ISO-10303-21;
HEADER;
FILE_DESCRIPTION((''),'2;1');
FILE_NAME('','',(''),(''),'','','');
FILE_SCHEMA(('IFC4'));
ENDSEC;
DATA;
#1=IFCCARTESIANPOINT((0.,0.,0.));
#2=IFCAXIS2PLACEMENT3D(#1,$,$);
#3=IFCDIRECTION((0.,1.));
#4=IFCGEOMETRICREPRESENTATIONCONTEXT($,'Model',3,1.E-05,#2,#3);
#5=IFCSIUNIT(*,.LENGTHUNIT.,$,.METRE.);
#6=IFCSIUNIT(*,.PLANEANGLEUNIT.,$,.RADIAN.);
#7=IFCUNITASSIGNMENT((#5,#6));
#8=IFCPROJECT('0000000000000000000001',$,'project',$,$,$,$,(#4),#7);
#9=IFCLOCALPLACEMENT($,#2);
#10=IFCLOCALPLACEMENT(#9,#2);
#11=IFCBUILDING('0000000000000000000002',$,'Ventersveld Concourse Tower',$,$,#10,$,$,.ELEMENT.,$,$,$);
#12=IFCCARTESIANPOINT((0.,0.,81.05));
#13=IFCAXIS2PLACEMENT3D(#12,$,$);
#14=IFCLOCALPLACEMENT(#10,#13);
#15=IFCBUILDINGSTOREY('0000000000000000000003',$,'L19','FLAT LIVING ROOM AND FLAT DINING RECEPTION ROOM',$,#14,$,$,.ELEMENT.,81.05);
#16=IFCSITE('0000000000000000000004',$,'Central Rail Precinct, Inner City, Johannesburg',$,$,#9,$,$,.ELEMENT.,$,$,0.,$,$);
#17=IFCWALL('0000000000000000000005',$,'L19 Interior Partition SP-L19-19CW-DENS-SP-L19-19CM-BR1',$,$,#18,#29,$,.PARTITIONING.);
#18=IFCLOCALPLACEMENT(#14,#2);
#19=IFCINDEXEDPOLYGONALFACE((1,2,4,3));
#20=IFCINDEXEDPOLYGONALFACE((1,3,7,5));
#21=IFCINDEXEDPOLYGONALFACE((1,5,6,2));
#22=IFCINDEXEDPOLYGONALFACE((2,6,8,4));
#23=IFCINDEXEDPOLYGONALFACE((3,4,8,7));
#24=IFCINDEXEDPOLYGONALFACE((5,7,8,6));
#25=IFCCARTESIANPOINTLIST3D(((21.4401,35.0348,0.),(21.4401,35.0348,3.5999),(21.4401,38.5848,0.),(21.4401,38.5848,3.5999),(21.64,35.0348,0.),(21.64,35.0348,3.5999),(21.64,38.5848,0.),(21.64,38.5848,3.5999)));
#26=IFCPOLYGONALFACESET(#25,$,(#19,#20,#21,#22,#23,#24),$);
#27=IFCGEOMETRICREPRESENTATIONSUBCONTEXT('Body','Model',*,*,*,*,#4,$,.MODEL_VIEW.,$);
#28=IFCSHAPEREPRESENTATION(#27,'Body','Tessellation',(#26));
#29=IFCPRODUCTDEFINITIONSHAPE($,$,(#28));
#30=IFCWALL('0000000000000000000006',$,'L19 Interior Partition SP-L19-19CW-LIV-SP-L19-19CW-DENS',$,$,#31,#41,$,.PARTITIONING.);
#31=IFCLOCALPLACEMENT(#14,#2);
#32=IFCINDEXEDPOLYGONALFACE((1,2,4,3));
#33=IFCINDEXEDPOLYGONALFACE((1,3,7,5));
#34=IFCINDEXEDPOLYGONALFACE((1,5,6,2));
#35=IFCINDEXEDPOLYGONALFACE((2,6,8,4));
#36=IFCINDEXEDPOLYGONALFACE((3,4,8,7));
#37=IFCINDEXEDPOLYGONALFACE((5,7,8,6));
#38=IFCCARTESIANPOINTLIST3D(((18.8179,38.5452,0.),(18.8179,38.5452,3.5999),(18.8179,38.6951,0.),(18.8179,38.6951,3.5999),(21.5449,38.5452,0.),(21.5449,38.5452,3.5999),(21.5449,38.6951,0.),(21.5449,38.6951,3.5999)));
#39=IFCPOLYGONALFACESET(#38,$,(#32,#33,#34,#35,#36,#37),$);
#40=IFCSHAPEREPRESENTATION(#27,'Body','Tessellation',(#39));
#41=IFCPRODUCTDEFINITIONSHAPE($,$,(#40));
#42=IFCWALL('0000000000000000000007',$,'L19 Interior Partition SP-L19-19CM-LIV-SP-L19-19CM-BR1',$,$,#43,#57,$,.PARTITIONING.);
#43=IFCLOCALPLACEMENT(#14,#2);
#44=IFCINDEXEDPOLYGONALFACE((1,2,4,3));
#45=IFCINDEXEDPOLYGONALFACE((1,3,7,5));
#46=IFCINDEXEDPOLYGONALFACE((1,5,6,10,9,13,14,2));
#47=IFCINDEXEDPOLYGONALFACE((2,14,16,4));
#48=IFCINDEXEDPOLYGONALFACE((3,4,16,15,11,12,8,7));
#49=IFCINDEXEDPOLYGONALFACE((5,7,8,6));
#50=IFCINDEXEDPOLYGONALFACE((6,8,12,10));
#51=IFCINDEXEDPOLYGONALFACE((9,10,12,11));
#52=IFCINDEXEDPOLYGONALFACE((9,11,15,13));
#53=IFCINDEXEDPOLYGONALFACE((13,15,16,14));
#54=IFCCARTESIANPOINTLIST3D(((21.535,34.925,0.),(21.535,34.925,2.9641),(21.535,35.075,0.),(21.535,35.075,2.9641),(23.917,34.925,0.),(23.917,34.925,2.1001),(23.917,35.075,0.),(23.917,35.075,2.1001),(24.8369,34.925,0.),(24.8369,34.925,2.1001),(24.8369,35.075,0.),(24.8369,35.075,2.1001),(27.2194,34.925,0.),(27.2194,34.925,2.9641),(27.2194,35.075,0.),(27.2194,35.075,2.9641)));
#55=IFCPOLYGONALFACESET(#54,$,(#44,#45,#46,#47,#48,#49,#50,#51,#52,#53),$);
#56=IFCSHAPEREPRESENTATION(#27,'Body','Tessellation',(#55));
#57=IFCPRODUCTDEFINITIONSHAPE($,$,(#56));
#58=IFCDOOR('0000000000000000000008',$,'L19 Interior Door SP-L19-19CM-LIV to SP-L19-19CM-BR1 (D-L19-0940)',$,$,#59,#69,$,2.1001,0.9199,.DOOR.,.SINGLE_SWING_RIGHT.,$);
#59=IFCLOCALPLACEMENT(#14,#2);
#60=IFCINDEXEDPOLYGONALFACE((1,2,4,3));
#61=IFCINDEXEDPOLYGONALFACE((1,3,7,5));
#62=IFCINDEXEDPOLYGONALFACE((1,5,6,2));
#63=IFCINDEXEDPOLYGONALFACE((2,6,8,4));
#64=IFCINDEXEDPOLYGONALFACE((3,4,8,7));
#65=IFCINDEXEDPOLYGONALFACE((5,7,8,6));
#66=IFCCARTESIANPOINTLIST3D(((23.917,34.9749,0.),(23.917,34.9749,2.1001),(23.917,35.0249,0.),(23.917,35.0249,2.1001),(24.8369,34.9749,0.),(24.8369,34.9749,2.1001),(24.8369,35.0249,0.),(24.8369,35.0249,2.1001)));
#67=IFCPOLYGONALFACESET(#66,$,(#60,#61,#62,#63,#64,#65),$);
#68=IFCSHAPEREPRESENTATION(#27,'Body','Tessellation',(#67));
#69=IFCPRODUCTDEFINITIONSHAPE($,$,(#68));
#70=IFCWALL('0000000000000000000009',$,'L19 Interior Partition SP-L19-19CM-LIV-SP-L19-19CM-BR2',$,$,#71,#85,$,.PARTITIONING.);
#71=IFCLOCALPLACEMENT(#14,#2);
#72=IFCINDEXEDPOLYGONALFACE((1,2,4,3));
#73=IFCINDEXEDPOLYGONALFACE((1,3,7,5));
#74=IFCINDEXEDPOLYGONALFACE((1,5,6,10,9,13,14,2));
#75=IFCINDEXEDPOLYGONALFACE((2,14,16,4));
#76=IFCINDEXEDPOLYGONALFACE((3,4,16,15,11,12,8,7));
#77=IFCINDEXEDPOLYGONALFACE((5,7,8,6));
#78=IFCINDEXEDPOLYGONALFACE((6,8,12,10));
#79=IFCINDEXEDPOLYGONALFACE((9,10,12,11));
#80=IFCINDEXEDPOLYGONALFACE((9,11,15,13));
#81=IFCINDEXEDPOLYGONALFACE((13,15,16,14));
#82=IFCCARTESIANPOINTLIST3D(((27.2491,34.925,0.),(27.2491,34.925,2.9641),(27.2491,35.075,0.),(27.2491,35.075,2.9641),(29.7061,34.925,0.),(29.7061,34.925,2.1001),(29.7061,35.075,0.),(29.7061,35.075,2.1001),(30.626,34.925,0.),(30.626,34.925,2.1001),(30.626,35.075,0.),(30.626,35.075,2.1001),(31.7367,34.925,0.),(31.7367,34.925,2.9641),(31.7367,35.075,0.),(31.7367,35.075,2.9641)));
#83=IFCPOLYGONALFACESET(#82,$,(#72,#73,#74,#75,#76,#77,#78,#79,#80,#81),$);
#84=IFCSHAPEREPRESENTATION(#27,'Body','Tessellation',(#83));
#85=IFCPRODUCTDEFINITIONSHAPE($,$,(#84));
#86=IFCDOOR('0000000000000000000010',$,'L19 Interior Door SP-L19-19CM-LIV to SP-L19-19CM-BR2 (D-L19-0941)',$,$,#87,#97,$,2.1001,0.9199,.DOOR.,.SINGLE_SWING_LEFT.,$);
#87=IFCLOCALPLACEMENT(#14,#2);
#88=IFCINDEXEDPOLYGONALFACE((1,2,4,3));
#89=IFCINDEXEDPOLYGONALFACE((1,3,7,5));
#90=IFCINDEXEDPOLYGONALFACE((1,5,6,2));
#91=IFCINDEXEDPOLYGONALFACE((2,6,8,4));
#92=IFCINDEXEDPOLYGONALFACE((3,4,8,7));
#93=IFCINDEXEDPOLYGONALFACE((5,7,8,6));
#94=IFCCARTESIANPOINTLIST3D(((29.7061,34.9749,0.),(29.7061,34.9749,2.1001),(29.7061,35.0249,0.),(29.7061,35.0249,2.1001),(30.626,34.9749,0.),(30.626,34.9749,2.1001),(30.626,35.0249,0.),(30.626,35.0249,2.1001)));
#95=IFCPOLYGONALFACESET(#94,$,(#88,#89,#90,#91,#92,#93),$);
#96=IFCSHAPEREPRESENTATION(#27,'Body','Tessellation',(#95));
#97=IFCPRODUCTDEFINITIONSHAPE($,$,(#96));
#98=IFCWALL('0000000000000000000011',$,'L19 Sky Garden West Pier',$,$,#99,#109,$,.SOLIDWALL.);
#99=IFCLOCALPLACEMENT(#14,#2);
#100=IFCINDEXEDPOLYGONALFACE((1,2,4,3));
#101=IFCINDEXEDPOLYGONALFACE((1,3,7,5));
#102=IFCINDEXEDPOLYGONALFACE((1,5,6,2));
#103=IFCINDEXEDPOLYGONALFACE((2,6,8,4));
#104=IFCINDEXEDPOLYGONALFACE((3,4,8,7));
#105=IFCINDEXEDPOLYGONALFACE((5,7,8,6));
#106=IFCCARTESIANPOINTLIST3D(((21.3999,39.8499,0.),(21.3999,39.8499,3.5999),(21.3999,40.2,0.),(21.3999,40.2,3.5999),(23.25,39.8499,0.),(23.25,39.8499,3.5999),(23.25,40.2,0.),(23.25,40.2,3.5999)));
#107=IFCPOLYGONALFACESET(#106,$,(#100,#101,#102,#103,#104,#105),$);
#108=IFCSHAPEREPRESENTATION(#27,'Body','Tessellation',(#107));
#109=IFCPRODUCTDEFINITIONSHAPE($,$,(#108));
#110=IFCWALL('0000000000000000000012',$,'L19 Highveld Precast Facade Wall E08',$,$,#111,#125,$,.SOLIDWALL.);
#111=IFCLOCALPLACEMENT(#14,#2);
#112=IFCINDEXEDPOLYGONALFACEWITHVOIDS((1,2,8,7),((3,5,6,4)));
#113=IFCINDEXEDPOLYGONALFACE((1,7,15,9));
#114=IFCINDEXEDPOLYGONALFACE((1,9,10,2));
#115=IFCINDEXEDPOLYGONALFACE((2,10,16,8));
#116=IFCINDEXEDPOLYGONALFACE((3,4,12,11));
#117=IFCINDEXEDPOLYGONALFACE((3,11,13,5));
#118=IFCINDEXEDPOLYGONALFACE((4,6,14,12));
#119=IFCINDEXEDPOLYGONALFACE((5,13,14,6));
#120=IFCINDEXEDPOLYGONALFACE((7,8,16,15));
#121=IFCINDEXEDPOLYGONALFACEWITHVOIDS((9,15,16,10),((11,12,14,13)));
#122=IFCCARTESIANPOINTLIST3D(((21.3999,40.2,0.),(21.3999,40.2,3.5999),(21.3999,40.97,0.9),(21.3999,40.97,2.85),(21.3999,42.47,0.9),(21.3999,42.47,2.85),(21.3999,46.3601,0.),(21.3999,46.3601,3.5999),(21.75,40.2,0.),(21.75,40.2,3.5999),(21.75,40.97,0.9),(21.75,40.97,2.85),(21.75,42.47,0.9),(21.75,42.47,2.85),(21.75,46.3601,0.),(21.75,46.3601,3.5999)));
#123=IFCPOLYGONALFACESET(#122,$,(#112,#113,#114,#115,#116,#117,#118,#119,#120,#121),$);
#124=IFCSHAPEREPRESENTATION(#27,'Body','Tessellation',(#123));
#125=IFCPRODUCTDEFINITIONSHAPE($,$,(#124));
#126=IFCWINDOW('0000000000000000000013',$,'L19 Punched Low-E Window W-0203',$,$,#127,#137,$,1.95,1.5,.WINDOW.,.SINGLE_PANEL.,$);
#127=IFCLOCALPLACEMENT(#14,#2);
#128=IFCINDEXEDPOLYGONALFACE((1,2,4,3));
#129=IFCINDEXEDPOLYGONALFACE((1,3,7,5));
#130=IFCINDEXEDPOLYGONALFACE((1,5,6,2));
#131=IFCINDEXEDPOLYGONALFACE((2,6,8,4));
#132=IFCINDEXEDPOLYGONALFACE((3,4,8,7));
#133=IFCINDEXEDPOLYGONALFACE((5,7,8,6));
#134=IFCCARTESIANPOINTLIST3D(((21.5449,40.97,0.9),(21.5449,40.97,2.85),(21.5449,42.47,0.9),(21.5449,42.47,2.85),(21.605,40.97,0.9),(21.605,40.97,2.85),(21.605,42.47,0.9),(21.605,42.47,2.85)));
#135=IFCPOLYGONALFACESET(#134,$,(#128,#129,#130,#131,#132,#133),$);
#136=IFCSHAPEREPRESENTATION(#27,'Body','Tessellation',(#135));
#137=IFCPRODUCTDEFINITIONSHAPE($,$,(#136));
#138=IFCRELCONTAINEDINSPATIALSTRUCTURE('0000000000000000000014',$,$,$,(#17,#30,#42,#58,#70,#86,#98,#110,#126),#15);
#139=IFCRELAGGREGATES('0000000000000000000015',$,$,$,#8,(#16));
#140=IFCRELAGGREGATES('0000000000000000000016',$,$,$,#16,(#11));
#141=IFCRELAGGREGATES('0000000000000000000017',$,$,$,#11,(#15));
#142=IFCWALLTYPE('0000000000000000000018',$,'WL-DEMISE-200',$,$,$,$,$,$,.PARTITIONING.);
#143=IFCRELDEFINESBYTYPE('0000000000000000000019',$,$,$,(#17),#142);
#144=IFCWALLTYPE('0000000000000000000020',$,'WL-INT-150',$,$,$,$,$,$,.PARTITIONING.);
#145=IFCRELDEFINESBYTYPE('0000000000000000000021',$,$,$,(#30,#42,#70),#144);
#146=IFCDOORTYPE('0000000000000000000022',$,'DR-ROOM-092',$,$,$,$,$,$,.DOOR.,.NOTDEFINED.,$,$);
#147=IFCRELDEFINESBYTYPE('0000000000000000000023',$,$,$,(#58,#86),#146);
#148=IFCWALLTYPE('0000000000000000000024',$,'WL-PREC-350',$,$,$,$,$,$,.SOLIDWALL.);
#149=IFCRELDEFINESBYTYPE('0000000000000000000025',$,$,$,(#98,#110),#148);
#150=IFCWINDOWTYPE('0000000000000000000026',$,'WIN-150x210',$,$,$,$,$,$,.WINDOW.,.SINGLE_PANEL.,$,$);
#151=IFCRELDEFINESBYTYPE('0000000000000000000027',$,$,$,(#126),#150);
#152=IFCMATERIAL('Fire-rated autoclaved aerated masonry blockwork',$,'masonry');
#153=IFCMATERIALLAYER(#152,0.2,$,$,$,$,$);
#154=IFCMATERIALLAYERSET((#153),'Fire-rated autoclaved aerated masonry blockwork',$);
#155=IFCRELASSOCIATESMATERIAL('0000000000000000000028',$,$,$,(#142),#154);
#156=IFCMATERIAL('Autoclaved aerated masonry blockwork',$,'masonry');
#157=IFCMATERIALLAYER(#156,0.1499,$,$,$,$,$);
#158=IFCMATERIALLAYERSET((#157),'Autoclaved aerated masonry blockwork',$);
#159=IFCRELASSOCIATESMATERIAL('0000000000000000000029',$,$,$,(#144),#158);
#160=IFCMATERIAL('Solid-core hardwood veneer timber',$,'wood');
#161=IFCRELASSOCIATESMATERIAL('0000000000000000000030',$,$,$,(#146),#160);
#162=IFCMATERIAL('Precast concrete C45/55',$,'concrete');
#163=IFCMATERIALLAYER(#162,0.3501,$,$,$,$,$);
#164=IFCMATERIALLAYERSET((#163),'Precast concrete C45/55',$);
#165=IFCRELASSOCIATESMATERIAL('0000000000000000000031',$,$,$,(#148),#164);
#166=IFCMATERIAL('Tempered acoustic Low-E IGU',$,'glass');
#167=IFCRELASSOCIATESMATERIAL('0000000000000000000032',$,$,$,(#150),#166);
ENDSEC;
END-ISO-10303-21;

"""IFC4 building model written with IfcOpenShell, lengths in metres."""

from ifc_helpers import new_model, si_unit, direction, frame, frame_2d, origin, place, context, subcontext, project, spatial, rectangle, extrude, material, layer, layer_set, type_object, element, fill, save


model = new_model("IFC4")

# Units and contexts
model_context = context("Model", 3, precision=1e-05, world=origin(), true_north=direction((0.0, 1.0)))
body_context = subcontext(model_context, "Body", "Model", "MODEL_VIEW")
ifc_project = project(units=[si_unit("LENGTHUNIT", "METRE"), si_unit("PLANEANGLEUNIT", "RADIAN")], contexts=[model_context])

# Site, building, storey
site_placement = place(None, origin())
site = spatial("IfcSite", under=ifc_project, at=site_placement, Name="Central Rail Precinct, Inner City, Johannesburg", CompositionType="ELEMENT", RefElevation=0.0)
building_placement = place(site_placement, origin())
building = spatial("IfcBuilding", under=site, at=building_placement, Name="Ventersveld Concourse Tower", CompositionType="ELEMENT")
storey_placement = place(building_placement, frame((0.0, 0.0, 81.05)))
storey = spatial("IfcBuildingStorey", under=building, at=storey_placement, Name="L19", Description="FLAT LIVING ROOM AND FLAT DINING RECEPTION ROOM", CompositionType="ELEMENT", Elevation=81.05)

# Walls
ifc_material_1 = material(Name="Fire-rated autoclaved aerated masonry blockwork", Category="masonry")
ifc_layer_1 = layer(ifc_material_1, 0.2)
ifc_layer_set_1 = layer_set([ifc_layer_1], Name="Fire-rated autoclaved aerated masonry blockwork")
wall_type_1 = type_object("IfcWallType", Name="WL-DEMISE-200", PredefinedType="PARTITIONING", material=ifc_layer_set_1)
wall_1_placement = place(storey_placement, frame((21.54, 35.0349, 0.0), z_axis=(0.0, 0.0, 1.0), x_axis=(0.0, 1.0, 0.0)))
element("IfcWall", 1, at=wall_1_placement, inside=storey, type_object=wall_type_1, Name="L19 Interior Partition SP-L19-19CW-DENS-SP-L19-19CM-BR1", PredefinedType="PARTITIONING", context=body_context, shape_type="SweptSolid", body=[
    extrude(rectangle(XDim=3.55, YDim=0.2, at=frame_2d((1.7749, 0.0))), origin(), (0.0, 0.0, 1.0), 3.5999),
])
ifc_material_2 = material(Name="Autoclaved aerated masonry blockwork", Category="masonry")
ifc_layer_2 = layer(ifc_material_2, 0.1499)
ifc_layer_set_2 = layer_set([ifc_layer_2], Name="Autoclaved aerated masonry blockwork")
wall_type_2 = type_object("IfcWallType", Name="WL-INT-150", PredefinedType="PARTITIONING", material=ifc_layer_set_2)
wall_2_placement = place(storey_placement, frame((18.8179, 38.6201, 0.0), z_axis=(0.0, 0.0, 1.0), x_axis=(1.0, 0.0, 0.0)))
element("IfcWall", 2, at=wall_2_placement, inside=storey, type_object=wall_type_2, Name="L19 Interior Partition SP-L19-19CW-LIV-SP-L19-19CW-DENS", PredefinedType="PARTITIONING", context=body_context, shape_type="SweptSolid", body=[
    extrude(rectangle(XDim=2.7271, YDim=0.1499, at=frame_2d((1.3635, 0.0))), origin(), (0.0, 0.0, 1.0), 3.5999),
])

# Walls, openings, doors
wall_3_placement = place(storey_placement, frame((21.5349, 35.0, 0.0), z_axis=(0.0, 0.0, 1.0), x_axis=(1.0, 0.0, 0.0)))
wall_3 = element("IfcWall", 3, at=wall_3_placement, inside=storey, type_object=wall_type_2, Name="L19 Interior Partition SP-L19-19CM-LIV-SP-L19-19CM-BR1", PredefinedType="PARTITIONING", context=body_context, shape_type="SweptSolid", body=[
    extrude(rectangle(XDim=5.6843, YDim=0.1499, at=frame_2d((2.8423, 0.0))), origin(), (0.0, 0.0, 1.0), 2.9641),
])
opening_1_placement = place(wall_3_placement, frame((2.3821, 0.0, 0.0)))
opening_1 = element("IfcOpeningElement", 4, at=opening_1_placement, cuts=wall_3, PredefinedType="OPENING", context=body_context, shape_type="SweptSolid", body=[
    extrude(rectangle(XDim=0.9199, YDim=2.1001, at=frame_2d((0.46, 1.05))), frame((0.0, 0.085, 0.0), z_axis=(0.0, -1.0, 0.0), x_axis=(1.0, 0.0, 0.0)), (0.0, 0.0, 1.0), 0.1699),
])
ifc_material_3 = material(Name="Solid-core hardwood veneer timber", Category="wood")
door_type = type_object("IfcDoorType", Name="DR-ROOM-092", OperationType="NOTDEFINED", PredefinedType="DOOR", material=ifc_material_3)
door_1_placement = place(opening_1_placement, origin())
door_1 = element("IfcDoor", 5, at=door_1_placement, inside=storey, type_object=door_type, Name="L19 Interior Door SP-L19-19CM-LIV to SP-L19-19CM-BR1 (D-L19-0940)", OperationType="SINGLE_SWING_RIGHT", OverallHeight=2.1001, OverallWidth=0.9199, PredefinedType="DOOR", context=body_context, shape_type="SweptSolid", body=[
    extrude(rectangle(XDim=0.9199, YDim=2.1001, at=frame_2d((0.46, 1.05))), frame((0.0, 0.0249, 0.0), z_axis=(0.0, -1.0, 0.0), x_axis=(1.0, 0.0, 0.0)), (0.0, 0.0, 1.0), 0.05),
])
fill(opening_1, door_1)
wall_4_placement = place(storey_placement, frame((27.2493, 35.0, 0.0), z_axis=(0.0, 0.0, 1.0), x_axis=(1.0, 0.0, 0.0)))
wall_4 = element("IfcWall", 6, at=wall_4_placement, inside=storey, type_object=wall_type_2, Name="L19 Interior Partition SP-L19-19CM-LIV-SP-L19-19CM-BR2", PredefinedType="PARTITIONING", context=body_context, shape_type="SweptSolid", body=[
    extrude(rectangle(XDim=4.4875, YDim=0.1499, at=frame_2d((2.2437, 0.0))), origin(), (0.0, 0.0, 1.0), 2.9641),
])
opening_2_placement = place(wall_4_placement, frame((2.4568, 0.0, 0.0)))
opening_2 = element("IfcOpeningElement", 7, at=opening_2_placement, cuts=wall_4, PredefinedType="OPENING", context=body_context, shape_type="SweptSolid", body=[
    extrude(rectangle(XDim=0.9199, YDim=2.1001, at=frame_2d((0.46, 1.05))), frame((0.0, 0.085, 0.0), z_axis=(0.0, -1.0, 0.0), x_axis=(1.0, 0.0, 0.0)), (0.0, 0.0, 1.0), 0.1699),
])
door_2_placement = place(opening_2_placement, origin())
door_2 = element("IfcDoor", 8, at=door_2_placement, inside=storey, type_object=door_type, Name="L19 Interior Door SP-L19-19CM-LIV to SP-L19-19CM-BR2 (D-L19-0941)", OperationType="SINGLE_SWING_LEFT", OverallHeight=2.1001, OverallWidth=0.9199, PredefinedType="DOOR", context=body_context, shape_type="SweptSolid", body=[
    extrude(rectangle(XDim=0.9199, YDim=2.1001, at=frame_2d((0.46, 1.05))), frame((0.0, 0.0249, 0.0), z_axis=(0.0, -1.0, 0.0), x_axis=(1.0, 0.0, 0.0)), (0.0, 0.0, 1.0), 0.05),
])
fill(opening_2, door_2)

# Wall
ifc_material_4 = material(Name="Precast concrete C45/55", Category="concrete")
ifc_layer_3 = layer(ifc_material_4, 0.3501)
ifc_layer_set_3 = layer_set([ifc_layer_3], Name="Precast concrete C45/55")
wall_type_3 = type_object("IfcWallType", Name="WL-PREC-350", PredefinedType="SOLIDWALL", material=ifc_layer_set_3)
wall_5_placement = place(storey_placement, frame((21.3999, 40.0249, 0.0), z_axis=(0.0, 0.0, 1.0), x_axis=(1.0, 0.0, 0.0)))
element("IfcWall", 9, at=wall_5_placement, inside=storey, type_object=wall_type_3, Name="L19 Sky Garden West Pier", PredefinedType="SOLIDWALL", context=body_context, shape_type="SweptSolid", body=[
    extrude(rectangle(XDim=1.8501, YDim=0.3501, at=frame_2d((0.925, 0.0))), origin(), (0.0, 0.0, 1.0), 3.5999),
])

# Wall, opening, window
wall_6_placement = place(storey_placement, frame((21.575, 40.2, 0.0), z_axis=(0.0, 0.0, 1.0), x_axis=(0.0, 1.0, 0.0)))
wall_6 = element("IfcWall", 10, at=wall_6_placement, inside=storey, type_object=wall_type_3, Name="L19 Highveld Precast Facade Wall E08", PredefinedType="SOLIDWALL", context=body_context, shape_type="SweptSolid", body=[
    extrude(rectangle(XDim=6.1602, YDim=0.3501, at=frame_2d((3.0801, 0.0))), origin(), (0.0, 0.0, 1.0), 3.5999),
])
opening_3_placement = place(wall_6_placement, frame((0.77, 0.0, 0.8999)))
opening_3 = element("IfcOpeningElement", 11, at=opening_3_placement, cuts=wall_6, PredefinedType="OPENING", context=body_context, shape_type="SweptSolid", body=[
    extrude(rectangle(XDim=1.5, YDim=1.95, at=frame_2d((0.75, 0.9751))), frame((0.0, 0.1851, 0.0), z_axis=(0.0, -1.0, 0.0), x_axis=(1.0, 0.0, 0.0)), (0.0, 0.0, 1.0), 0.3701),
])
ifc_material_5 = material(Name="Tempered acoustic Low-E IGU", Category="glass")
window_type = type_object("IfcWindowType", Name="WIN-150x210", PartitioningType="SINGLE_PANEL", PredefinedType="WINDOW", material=ifc_material_5)
window_1_placement = place(opening_3_placement, origin())
window_1 = element("IfcWindow", 12, at=window_1_placement, inside=storey, type_object=window_type, Name="L19 Punched Low-E Window W-0203", OverallHeight=1.95, OverallWidth=1.5, PartitioningType="SINGLE_PANEL", PredefinedType="WINDOW", context=body_context, shape_type="SweptSolid", body=[
    extrude(rectangle(XDim=1.5, YDim=1.95, at=frame_2d((0.75, 0.9751))), frame((0.0, 0.03, 0.0), z_axis=(0.0, -1.0, 0.0), x_axis=(1.0, 0.0, 0.0)), (0.0, 0.0, 1.0), 0.0601),
])
fill(opening_3, window_1)

save(model, "model.ifc")
